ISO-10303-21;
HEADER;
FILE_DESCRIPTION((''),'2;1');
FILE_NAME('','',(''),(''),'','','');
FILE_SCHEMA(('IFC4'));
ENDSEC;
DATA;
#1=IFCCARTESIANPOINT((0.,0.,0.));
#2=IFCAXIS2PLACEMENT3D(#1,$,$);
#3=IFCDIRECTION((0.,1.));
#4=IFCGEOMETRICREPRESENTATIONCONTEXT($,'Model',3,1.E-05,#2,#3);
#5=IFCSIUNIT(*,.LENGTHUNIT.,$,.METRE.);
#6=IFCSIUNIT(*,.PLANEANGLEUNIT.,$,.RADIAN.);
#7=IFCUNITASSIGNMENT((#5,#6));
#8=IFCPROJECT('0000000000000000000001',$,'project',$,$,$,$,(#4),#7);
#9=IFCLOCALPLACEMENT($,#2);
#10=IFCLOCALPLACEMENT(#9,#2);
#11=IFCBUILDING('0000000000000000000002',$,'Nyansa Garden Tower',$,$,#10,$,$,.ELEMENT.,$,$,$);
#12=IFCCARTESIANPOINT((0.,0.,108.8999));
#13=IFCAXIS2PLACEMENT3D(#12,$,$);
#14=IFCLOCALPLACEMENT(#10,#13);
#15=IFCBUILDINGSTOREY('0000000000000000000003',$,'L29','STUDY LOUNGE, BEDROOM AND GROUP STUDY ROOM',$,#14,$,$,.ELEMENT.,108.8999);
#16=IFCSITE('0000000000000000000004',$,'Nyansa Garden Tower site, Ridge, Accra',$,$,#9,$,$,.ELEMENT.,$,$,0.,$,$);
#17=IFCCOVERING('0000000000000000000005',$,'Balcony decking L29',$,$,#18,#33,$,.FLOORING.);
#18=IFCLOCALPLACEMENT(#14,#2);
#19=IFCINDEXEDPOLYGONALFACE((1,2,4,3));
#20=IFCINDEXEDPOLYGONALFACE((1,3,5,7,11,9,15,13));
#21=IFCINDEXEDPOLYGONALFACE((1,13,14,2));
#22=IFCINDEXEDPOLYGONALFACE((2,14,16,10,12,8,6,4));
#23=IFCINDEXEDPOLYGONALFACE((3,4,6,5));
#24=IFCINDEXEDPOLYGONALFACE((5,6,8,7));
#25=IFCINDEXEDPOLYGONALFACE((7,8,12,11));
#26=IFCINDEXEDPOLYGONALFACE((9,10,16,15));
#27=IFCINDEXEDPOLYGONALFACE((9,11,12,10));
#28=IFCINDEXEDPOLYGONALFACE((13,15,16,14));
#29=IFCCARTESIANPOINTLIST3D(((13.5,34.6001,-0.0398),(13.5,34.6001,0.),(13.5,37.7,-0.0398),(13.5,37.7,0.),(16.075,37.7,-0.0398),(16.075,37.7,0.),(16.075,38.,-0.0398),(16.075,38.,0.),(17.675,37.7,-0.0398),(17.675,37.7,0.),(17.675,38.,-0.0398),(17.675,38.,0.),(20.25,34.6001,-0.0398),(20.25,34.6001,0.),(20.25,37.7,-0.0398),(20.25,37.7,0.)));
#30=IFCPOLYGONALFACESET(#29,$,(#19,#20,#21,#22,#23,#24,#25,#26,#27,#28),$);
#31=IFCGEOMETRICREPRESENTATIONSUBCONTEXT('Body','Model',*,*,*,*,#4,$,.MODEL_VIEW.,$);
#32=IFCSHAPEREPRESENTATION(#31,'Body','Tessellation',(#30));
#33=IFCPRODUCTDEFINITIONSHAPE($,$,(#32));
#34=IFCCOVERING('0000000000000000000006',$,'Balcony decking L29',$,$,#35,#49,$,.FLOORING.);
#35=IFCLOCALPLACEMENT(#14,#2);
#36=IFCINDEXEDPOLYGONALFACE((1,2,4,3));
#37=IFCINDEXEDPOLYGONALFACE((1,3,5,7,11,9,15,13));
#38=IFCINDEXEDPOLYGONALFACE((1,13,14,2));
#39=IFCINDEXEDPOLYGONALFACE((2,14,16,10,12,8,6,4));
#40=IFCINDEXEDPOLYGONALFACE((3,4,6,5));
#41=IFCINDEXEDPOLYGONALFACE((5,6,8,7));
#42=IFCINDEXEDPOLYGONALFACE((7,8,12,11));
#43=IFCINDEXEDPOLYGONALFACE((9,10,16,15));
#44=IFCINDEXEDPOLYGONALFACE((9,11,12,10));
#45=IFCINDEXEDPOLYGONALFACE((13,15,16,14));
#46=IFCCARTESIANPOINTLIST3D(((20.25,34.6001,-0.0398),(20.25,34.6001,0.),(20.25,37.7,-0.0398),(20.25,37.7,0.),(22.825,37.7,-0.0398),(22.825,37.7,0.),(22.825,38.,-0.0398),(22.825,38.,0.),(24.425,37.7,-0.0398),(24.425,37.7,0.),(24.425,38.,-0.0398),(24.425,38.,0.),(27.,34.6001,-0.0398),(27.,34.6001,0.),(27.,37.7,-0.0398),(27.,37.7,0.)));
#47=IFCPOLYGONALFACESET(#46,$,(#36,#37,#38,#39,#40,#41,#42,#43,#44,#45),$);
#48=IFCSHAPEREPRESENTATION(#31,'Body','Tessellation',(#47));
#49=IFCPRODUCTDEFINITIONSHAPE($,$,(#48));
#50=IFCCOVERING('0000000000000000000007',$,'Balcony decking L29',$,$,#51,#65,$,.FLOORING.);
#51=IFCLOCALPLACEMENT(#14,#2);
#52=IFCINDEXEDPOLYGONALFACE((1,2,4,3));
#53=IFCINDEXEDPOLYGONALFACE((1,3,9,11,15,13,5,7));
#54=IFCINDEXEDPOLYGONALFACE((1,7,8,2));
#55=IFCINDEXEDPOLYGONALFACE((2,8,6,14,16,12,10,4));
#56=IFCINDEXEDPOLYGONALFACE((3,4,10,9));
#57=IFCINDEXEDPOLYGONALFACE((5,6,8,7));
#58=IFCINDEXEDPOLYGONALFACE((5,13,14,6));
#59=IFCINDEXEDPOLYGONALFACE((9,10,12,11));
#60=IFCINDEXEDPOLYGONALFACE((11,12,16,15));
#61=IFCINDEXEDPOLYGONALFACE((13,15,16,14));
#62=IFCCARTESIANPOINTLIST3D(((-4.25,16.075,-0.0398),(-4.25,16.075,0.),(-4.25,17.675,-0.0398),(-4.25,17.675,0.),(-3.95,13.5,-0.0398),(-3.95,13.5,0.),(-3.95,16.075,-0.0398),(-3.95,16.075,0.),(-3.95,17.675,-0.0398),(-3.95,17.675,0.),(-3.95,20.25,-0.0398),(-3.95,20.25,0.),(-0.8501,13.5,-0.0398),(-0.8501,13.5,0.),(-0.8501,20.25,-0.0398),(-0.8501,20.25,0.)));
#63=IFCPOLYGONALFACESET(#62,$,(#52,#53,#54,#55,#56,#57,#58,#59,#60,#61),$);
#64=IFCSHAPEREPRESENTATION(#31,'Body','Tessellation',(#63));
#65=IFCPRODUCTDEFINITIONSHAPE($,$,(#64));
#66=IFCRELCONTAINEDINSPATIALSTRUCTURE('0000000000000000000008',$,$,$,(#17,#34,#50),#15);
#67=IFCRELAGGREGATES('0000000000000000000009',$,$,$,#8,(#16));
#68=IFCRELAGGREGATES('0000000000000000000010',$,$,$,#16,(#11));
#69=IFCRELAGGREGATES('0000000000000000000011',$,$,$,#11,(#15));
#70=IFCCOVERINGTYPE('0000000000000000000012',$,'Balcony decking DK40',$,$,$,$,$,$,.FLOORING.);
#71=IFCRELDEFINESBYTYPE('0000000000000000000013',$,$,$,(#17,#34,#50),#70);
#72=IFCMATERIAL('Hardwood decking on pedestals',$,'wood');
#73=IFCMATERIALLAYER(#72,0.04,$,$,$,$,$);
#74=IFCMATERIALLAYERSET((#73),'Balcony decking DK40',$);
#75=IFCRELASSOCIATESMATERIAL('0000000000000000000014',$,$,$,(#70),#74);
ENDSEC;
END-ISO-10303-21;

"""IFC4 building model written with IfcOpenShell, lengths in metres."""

from ifc_helpers import new_model, si_unit, direction, frame, origin, place, context, subcontext, project, spatial, polyline, outline, extrude, material, layer, layer_set, type_object, element, save


model = new_model("IFC4")

# Units and contexts
model_context = context("Model", 3, precision=1e-05, world=origin(), true_north=direction((0.0, 1.0)))
body_context = subcontext(model_context, "Body", "Model", "MODEL_VIEW")
ifc_project = project(units=[si_unit("LENGTHUNIT", "METRE"), si_unit("PLANEANGLEUNIT", "RADIAN")], contexts=[model_context])

# Site, building, storey
site_placement = place(None, origin())
site = spatial("IfcSite", under=ifc_project, at=site_placement, Name="Nyansa Garden Tower site, Ridge, Accra", CompositionType="ELEMENT", RefElevation=0.0)
building_placement = place(site_placement, origin())
building = spatial("IfcBuilding", under=site, at=building_placement, Name="Nyansa Garden Tower", CompositionType="ELEMENT")
storey_placement = place(building_placement, frame((0.0, 0.0, 108.8999)))
storey = spatial("IfcBuildingStorey", under=building, at=storey_placement, Name="L29", Description="STUDY LOUNGE, BEDROOM AND GROUP STUDY ROOM", CompositionType="ELEMENT", Elevation=108.8999)

# Coverings
ifc_material_1 = material(Name="Hardwood decking on pedestals", Category="wood")
ifc_layer_1 = layer(ifc_material_1, 0.04)
ifc_layer_set_1 = layer_set([ifc_layer_1], Name="Balcony decking DK40")
covering_type_1 = type_object("IfcCoveringType", Name="Balcony decking DK40", PredefinedType="FLOORING", material=ifc_layer_set_1)
covering_1_placement = place(storey_placement, frame((0.0, 0.0, -0.0398)))
element("IfcCovering", 1, at=covering_1_placement, inside=storey, type_object=covering_type_1, Name="Balcony decking L29", PredefinedType="FLOORING", context=body_context, shape_type="SweptSolid", body=[
    extrude(outline(polyline([(13.5, 34.6001), (20.25, 34.6001), (20.25, 37.7), (17.675, 37.7), (17.675, 38.0), (16.075, 38.0), (16.075, 37.7), (13.5, 37.7), (13.5, 34.6001)])), origin(), (0.0, 0.0, 1.0), 0.0398),
])
covering_2_placement = place(storey_placement, frame((0.0, 0.0, -0.0398)))
element("IfcCovering", 2, at=covering_2_placement, inside=storey, type_object=covering_type_1, Name="Balcony decking L29", PredefinedType="FLOORING", context=body_context, shape_type="SweptSolid", body=[
    extrude(outline(polyline([(20.25, 34.6001), (27.0, 34.6001), (27.0, 37.7), (24.425, 37.7), (24.425, 38.0), (22.825, 38.0), (22.825, 37.7), (20.25, 37.7), (20.25, 34.6001)])), origin(), (0.0, 0.0, 1.0), 0.0398),
])
covering_3_placement = place(storey_placement, frame((0.0, 0.0, -0.0398)))
element("IfcCovering", 3, at=covering_3_placement, inside=storey, type_object=covering_type_1, Name="Balcony decking L29", PredefinedType="FLOORING", context=body_context, shape_type="SweptSolid", body=[
    extrude(outline(polyline([(-0.8501, 13.5), (-0.8501, 20.25), (-3.95, 20.25), (-3.95, 17.675), (-4.25, 17.675), (-4.25, 16.075), (-3.95, 16.075), (-3.95, 13.5), (-0.8501, 13.5)])), origin(), (0.0, 0.0, 1.0), 0.0398),
])

save(model, "model.ifc")
